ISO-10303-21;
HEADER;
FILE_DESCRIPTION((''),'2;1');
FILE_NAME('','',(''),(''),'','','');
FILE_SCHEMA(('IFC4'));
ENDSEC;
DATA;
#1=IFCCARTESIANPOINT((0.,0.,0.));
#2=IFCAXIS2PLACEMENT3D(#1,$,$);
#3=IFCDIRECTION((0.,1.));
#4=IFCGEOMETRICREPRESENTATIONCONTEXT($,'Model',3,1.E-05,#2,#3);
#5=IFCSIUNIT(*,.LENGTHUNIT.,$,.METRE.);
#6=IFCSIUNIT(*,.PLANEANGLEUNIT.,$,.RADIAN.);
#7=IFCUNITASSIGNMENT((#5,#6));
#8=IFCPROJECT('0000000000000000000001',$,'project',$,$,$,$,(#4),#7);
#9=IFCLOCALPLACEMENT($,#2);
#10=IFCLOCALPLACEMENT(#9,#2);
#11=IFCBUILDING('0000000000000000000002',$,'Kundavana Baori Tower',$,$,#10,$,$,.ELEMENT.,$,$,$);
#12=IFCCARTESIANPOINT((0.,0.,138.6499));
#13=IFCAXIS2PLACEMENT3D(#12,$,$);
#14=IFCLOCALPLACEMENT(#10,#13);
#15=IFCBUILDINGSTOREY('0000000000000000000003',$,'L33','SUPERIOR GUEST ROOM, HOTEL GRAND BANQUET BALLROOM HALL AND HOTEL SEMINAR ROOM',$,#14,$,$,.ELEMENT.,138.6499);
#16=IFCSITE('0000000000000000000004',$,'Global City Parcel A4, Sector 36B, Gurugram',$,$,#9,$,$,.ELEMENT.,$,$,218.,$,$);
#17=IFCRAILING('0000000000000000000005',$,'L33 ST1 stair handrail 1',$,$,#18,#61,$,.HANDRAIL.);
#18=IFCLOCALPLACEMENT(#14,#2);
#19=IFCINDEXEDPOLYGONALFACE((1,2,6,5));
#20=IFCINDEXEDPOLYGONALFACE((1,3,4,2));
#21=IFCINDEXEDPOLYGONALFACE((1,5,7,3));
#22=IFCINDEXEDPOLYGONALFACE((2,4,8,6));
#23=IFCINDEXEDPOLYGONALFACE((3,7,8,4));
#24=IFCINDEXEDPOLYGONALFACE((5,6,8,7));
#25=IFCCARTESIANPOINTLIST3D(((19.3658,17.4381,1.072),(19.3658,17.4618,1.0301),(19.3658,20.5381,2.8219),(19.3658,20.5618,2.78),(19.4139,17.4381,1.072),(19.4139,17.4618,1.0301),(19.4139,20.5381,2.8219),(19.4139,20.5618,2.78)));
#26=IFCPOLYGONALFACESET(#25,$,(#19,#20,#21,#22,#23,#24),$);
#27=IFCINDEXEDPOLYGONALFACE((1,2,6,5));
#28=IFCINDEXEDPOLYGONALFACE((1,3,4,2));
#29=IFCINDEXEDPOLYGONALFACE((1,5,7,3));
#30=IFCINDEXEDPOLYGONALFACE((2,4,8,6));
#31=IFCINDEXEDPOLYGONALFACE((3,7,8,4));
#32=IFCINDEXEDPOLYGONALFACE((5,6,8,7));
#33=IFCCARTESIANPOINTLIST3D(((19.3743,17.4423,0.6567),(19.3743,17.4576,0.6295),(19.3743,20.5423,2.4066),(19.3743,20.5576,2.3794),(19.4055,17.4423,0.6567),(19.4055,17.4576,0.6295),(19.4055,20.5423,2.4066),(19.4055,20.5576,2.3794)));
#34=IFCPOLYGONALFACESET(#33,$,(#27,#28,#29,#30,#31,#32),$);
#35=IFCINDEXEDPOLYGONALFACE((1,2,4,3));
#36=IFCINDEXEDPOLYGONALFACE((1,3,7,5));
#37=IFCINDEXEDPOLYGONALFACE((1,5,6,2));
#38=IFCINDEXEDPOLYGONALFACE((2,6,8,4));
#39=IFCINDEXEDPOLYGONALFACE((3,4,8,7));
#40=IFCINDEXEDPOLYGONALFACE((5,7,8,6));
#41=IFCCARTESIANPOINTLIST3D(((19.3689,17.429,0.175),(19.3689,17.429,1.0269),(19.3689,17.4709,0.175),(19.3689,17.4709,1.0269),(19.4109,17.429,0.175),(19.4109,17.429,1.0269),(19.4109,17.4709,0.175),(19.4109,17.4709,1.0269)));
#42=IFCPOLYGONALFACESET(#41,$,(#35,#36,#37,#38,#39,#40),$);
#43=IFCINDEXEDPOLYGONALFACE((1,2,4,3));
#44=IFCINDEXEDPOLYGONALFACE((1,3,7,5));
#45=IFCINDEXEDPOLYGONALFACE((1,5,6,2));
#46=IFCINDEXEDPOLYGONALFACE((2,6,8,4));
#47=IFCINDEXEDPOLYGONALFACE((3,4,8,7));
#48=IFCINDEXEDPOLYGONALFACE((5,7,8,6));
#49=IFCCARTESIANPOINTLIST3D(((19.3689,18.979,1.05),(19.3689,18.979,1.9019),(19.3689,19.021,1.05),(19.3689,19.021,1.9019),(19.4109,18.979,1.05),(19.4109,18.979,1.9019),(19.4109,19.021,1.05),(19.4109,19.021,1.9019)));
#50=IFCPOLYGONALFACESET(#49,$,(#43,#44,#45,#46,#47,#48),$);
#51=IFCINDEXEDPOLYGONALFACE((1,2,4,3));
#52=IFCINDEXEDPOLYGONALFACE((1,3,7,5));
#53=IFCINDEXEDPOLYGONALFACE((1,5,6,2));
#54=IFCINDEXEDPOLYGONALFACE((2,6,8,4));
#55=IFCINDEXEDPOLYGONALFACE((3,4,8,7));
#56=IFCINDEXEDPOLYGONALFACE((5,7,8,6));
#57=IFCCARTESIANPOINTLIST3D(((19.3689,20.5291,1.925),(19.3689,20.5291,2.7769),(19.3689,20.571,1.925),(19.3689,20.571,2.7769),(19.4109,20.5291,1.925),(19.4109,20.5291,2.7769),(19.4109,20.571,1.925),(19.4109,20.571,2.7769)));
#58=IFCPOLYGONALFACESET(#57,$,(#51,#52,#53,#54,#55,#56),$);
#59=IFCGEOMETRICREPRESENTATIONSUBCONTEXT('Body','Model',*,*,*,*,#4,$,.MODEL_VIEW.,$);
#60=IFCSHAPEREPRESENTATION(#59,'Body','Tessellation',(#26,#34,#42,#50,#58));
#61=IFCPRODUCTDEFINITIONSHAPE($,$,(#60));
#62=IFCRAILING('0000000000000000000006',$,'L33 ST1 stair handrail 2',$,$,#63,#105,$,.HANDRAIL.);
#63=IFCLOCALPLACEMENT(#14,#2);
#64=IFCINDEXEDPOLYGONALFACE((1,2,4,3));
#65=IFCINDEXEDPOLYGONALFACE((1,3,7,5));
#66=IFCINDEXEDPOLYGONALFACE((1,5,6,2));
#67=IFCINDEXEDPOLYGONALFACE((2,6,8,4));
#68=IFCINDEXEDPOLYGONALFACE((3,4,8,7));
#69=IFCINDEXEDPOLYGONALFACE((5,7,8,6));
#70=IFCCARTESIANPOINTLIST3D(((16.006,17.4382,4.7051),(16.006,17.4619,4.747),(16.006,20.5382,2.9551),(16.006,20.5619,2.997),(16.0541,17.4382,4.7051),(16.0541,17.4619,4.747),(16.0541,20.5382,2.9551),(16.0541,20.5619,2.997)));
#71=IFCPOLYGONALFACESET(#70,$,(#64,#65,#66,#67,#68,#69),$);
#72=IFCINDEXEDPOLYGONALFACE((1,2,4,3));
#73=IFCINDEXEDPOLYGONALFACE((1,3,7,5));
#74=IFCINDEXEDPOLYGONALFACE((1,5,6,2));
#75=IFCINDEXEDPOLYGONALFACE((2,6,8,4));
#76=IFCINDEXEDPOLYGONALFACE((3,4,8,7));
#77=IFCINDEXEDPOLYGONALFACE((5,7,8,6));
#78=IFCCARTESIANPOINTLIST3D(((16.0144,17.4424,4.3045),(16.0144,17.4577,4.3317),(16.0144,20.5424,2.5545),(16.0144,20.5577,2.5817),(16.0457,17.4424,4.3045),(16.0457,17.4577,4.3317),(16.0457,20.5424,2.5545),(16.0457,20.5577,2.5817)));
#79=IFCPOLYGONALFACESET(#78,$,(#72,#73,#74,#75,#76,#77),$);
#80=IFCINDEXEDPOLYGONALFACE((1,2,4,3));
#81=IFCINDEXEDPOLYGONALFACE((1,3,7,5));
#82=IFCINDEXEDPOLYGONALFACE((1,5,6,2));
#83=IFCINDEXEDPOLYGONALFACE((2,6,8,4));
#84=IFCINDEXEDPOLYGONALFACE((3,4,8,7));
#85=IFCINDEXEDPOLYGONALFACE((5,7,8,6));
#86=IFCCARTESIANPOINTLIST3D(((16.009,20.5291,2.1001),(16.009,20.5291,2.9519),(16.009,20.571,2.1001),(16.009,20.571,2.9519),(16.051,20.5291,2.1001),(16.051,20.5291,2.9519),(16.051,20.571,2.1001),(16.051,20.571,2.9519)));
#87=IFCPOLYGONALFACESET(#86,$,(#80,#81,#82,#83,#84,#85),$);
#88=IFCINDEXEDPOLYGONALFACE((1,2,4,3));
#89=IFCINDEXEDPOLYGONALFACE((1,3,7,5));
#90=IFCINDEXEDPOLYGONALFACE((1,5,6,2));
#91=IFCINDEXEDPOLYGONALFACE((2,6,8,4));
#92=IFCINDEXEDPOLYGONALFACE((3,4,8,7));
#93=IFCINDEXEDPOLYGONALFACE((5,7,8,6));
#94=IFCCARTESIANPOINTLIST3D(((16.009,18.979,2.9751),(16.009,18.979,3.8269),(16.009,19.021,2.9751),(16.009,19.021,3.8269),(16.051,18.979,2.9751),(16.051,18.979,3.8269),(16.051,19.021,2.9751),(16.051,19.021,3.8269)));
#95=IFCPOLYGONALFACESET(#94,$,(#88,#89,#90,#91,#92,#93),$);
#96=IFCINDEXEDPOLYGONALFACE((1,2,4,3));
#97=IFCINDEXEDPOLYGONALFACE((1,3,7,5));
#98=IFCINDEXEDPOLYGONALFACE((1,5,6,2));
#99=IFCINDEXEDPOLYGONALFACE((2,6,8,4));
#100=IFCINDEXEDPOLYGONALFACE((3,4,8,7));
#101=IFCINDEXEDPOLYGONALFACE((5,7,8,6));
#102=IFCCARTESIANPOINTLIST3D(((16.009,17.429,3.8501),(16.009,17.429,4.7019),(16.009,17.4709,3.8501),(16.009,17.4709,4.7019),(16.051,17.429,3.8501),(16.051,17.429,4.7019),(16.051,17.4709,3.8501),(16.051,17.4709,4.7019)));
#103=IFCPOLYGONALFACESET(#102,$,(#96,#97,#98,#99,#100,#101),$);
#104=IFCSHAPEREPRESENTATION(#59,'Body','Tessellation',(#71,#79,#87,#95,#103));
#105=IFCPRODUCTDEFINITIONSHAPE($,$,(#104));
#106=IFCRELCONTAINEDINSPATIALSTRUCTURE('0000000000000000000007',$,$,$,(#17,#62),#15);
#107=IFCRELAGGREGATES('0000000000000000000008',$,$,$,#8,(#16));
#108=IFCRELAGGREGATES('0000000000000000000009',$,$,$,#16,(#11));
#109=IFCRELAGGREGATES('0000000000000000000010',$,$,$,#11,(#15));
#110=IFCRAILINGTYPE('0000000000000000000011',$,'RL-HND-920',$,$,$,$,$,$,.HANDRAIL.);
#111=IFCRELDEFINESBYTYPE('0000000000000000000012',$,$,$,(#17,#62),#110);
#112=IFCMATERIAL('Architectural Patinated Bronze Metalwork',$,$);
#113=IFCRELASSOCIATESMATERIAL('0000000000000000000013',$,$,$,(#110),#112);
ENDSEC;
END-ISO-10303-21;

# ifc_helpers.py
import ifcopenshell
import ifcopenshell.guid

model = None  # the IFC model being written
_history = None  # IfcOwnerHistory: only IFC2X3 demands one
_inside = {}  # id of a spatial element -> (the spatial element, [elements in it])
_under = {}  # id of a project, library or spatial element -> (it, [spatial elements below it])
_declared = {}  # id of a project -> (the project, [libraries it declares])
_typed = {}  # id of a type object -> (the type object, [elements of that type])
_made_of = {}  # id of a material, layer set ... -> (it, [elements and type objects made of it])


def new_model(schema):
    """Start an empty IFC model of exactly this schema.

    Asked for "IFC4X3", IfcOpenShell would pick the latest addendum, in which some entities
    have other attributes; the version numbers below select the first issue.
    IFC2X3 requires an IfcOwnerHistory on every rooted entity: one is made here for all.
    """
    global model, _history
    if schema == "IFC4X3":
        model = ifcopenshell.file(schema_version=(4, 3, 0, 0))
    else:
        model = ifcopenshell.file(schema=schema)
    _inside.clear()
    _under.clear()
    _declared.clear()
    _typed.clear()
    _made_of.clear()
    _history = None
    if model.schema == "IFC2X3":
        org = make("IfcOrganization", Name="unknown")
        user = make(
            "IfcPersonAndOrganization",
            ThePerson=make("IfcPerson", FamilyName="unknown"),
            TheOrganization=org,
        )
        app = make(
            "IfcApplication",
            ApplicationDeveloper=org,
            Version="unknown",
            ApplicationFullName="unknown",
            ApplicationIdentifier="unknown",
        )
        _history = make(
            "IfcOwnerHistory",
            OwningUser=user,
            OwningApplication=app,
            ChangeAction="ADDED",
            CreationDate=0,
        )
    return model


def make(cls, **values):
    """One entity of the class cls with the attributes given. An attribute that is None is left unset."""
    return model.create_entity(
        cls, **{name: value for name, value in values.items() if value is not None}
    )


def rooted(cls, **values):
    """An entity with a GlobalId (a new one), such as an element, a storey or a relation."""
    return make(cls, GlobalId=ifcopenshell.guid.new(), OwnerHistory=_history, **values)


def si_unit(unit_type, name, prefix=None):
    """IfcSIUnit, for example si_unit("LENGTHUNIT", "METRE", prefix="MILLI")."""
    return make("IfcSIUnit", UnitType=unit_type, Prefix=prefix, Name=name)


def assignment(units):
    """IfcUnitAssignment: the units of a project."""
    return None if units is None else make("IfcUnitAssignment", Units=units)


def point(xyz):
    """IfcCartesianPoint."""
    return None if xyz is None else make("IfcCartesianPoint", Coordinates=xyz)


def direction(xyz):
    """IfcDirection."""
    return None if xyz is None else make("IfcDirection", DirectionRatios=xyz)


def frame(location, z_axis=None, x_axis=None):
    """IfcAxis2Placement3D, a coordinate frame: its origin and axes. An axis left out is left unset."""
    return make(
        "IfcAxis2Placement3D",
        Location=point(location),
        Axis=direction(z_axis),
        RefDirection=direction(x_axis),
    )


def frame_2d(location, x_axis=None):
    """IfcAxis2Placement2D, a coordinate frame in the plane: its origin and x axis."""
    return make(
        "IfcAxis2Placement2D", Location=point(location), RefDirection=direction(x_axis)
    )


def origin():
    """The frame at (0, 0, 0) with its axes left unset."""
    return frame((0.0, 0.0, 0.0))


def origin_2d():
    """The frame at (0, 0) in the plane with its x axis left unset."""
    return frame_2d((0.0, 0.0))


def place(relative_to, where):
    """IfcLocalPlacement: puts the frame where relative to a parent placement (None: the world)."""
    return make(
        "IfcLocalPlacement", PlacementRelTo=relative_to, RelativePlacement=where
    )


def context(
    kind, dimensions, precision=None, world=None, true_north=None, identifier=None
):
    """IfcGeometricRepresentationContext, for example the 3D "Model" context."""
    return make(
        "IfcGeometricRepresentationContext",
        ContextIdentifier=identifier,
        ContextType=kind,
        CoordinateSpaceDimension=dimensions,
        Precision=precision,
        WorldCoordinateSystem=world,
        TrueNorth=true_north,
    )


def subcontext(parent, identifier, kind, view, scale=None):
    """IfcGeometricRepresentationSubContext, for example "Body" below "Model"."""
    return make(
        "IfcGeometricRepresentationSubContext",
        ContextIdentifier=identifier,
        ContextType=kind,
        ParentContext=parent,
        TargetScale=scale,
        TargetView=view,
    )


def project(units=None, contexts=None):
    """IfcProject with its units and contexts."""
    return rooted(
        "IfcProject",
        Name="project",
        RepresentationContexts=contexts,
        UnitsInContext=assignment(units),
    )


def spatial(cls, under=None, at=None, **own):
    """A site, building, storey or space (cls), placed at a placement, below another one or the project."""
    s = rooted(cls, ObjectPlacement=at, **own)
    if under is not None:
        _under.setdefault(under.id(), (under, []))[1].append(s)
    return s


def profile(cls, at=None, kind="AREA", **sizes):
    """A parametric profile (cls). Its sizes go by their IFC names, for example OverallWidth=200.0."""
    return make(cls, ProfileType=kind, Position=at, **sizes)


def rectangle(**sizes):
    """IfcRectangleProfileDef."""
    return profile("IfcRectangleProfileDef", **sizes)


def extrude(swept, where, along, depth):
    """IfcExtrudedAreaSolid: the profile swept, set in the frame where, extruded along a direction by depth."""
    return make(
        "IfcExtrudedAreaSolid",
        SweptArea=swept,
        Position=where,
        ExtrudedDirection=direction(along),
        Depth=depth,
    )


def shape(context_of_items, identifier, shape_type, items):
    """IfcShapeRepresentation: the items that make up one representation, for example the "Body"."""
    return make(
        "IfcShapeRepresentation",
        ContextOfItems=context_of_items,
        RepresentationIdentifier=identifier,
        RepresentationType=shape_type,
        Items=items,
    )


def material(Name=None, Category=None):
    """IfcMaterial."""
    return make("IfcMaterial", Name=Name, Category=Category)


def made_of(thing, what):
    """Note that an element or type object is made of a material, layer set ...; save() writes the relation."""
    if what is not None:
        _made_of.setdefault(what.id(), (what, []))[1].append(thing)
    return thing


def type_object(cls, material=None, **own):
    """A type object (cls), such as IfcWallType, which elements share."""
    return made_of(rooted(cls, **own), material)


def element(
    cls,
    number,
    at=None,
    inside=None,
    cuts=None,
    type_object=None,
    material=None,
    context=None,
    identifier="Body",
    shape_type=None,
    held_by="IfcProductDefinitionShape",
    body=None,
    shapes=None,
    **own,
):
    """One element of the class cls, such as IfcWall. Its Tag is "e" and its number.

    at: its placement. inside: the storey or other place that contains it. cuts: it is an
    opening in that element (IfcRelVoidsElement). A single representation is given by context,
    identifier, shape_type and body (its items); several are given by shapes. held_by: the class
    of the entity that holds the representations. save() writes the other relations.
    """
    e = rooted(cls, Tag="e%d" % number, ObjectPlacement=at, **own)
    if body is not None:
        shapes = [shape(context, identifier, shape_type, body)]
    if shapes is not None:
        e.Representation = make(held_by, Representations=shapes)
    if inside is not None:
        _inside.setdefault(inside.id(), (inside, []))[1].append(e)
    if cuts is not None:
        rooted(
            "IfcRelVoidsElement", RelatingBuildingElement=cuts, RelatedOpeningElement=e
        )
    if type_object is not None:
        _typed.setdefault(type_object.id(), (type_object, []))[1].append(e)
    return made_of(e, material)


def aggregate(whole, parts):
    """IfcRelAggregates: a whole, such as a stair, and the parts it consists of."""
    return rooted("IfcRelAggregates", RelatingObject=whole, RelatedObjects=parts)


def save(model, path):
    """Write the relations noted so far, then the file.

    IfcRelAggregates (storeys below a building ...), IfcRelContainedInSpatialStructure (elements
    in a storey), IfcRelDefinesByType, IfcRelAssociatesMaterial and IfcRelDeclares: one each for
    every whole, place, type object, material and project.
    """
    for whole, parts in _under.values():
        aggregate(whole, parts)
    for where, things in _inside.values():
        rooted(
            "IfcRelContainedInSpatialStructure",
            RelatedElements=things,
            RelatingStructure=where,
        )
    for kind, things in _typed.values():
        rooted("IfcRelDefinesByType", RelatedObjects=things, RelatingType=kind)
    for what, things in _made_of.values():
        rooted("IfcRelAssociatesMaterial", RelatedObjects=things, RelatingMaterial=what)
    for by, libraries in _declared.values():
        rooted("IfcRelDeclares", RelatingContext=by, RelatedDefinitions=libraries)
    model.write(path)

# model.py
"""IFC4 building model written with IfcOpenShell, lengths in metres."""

from ifc_helpers import new_model, si_unit, direction, frame, origin, origin_2d, place, context, subcontext, project, spatial, rectangle, extrude, material, type_object, element, save


model = new_model("IFC4")

# Units and contexts
model_context = context("Model", 3, precision=1e-05, world=origin(), true_north=direction((0.0, 1.0)))
body_context = subcontext(model_context, "Body", "Model", "MODEL_VIEW")
ifc_project = project(units=[si_unit("LENGTHUNIT", "METRE"), si_unit("PLANEANGLEUNIT", "RADIAN")], contexts=[model_context])

# Site, building, storey
site_placement = place(None, origin())
site = spatial("IfcSite", under=ifc_project, at=site_placement, Name="Global City Parcel A4, Sector 36B, Gurugram", CompositionType="ELEMENT", RefElevation=218.0)
building_placement = place(site_placement, origin())
building = spatial("IfcBuilding", under=site, at=building_placement, Name="Kundavana Baori Tower", CompositionType="ELEMENT")
storey_placement = place(building_placement, frame((0.0, 0.0, 138.6499)))
storey = spatial("IfcBuildingStorey", under=building, at=storey_placement, Name="L33", Description="SUPERIOR GUEST ROOM, HOTEL GRAND BANQUET BALLROOM HALL AND HOTEL SEMINAR ROOM", CompositionType="ELEMENT", Elevation=138.6499)

# Railings
ifc_material_1 = material(Name="Architectural Patinated Bronze Metalwork")
railing_type_1 = type_object("IfcRailingType", Name="RL-HND-920", PredefinedType="HANDRAIL", material=ifc_material_1)
railing_1_placement = place(storey_placement, frame((19.3899, 17.45, 0.175)))
element("IfcRailing", 1, at=railing_1_placement, inside=storey, type_object=railing_type_1, Name="L33 ST1 stair handrail 1", PredefinedType="HANDRAIL", context=body_context, shape_type="SweptSolid", body=[
    extrude(rectangle(XDim=0.0481, YDim=0.0481, at=origin_2d()), frame((0.0, 0.0, 0.876), z_axis=(0.0, 0.870831, 0.491583), x_axis=(-1.0, 0.0, 0.0)), (0.0, 0.0, 1.0), 3.5598),
    extrude(rectangle(XDim=0.0312, YDim=0.0312, at=origin_2d()), frame((0.0, 0.0, 0.468), z_axis=(0.0, 0.870831, 0.491583), x_axis=(-1.0, 0.0, 0.0)), (0.0, 0.0, 1.0), 3.5598),
    extrude(rectangle(XDim=0.042, YDim=0.042, at=origin_2d()), origin(), (0.0, 0.0, 1.0), 0.8518),
    extrude(rectangle(XDim=0.042, YDim=0.042, at=origin_2d()), frame((0.0, 1.55, 0.875)), (0.0, 0.0, 1.0), 0.8518),
    extrude(rectangle(XDim=0.042, YDim=0.042, at=origin_2d()), frame((0.0, 3.1001, 1.75)), (0.0, 0.0, 1.0), 0.8518),
])
railing_2_placement = place(storey_placement, frame((16.03, 20.55, 2.1001)))
element("IfcRailing", 2, at=railing_2_placement, inside=storey, type_object=railing_type_1, Name="L33 ST1 stair handrail 2", PredefinedType="HANDRAIL", context=body_context, shape_type="SweptSolid", body=[
    extrude(rectangle(XDim=0.0481, YDim=0.0481, at=origin_2d()), frame((0.0, 0.0, 0.876), z_axis=(0.0, -0.870831, 0.491583), x_axis=(1.0, 0.0, 0.0)), (0.0, 0.0, 1.0), 3.5598),
    extrude(rectangle(XDim=0.0312, YDim=0.0312, at=origin_2d()), frame((0.0, 0.0, 0.468), z_axis=(0.0, -0.870831, 0.491583), x_axis=(1.0, 0.0, 0.0)), (0.0, 0.0, 1.0), 3.5598),
    extrude(rectangle(XDim=0.042, YDim=0.042, at=origin_2d()), origin(), (0.0, 0.0, 1.0), 0.8518),
    extrude(rectangle(XDim=0.042, YDim=0.042, at=origin_2d()), frame((0.0, -1.55, 0.875)), (0.0, 0.0, 1.0), 0.8518),
    extrude(rectangle(XDim=0.042, YDim=0.042, at=origin_2d()), frame((0.0, -3.1001, 1.75)), (0.0, 0.0, 1.0), 0.8518),
])

save(model, "model.ifc")
